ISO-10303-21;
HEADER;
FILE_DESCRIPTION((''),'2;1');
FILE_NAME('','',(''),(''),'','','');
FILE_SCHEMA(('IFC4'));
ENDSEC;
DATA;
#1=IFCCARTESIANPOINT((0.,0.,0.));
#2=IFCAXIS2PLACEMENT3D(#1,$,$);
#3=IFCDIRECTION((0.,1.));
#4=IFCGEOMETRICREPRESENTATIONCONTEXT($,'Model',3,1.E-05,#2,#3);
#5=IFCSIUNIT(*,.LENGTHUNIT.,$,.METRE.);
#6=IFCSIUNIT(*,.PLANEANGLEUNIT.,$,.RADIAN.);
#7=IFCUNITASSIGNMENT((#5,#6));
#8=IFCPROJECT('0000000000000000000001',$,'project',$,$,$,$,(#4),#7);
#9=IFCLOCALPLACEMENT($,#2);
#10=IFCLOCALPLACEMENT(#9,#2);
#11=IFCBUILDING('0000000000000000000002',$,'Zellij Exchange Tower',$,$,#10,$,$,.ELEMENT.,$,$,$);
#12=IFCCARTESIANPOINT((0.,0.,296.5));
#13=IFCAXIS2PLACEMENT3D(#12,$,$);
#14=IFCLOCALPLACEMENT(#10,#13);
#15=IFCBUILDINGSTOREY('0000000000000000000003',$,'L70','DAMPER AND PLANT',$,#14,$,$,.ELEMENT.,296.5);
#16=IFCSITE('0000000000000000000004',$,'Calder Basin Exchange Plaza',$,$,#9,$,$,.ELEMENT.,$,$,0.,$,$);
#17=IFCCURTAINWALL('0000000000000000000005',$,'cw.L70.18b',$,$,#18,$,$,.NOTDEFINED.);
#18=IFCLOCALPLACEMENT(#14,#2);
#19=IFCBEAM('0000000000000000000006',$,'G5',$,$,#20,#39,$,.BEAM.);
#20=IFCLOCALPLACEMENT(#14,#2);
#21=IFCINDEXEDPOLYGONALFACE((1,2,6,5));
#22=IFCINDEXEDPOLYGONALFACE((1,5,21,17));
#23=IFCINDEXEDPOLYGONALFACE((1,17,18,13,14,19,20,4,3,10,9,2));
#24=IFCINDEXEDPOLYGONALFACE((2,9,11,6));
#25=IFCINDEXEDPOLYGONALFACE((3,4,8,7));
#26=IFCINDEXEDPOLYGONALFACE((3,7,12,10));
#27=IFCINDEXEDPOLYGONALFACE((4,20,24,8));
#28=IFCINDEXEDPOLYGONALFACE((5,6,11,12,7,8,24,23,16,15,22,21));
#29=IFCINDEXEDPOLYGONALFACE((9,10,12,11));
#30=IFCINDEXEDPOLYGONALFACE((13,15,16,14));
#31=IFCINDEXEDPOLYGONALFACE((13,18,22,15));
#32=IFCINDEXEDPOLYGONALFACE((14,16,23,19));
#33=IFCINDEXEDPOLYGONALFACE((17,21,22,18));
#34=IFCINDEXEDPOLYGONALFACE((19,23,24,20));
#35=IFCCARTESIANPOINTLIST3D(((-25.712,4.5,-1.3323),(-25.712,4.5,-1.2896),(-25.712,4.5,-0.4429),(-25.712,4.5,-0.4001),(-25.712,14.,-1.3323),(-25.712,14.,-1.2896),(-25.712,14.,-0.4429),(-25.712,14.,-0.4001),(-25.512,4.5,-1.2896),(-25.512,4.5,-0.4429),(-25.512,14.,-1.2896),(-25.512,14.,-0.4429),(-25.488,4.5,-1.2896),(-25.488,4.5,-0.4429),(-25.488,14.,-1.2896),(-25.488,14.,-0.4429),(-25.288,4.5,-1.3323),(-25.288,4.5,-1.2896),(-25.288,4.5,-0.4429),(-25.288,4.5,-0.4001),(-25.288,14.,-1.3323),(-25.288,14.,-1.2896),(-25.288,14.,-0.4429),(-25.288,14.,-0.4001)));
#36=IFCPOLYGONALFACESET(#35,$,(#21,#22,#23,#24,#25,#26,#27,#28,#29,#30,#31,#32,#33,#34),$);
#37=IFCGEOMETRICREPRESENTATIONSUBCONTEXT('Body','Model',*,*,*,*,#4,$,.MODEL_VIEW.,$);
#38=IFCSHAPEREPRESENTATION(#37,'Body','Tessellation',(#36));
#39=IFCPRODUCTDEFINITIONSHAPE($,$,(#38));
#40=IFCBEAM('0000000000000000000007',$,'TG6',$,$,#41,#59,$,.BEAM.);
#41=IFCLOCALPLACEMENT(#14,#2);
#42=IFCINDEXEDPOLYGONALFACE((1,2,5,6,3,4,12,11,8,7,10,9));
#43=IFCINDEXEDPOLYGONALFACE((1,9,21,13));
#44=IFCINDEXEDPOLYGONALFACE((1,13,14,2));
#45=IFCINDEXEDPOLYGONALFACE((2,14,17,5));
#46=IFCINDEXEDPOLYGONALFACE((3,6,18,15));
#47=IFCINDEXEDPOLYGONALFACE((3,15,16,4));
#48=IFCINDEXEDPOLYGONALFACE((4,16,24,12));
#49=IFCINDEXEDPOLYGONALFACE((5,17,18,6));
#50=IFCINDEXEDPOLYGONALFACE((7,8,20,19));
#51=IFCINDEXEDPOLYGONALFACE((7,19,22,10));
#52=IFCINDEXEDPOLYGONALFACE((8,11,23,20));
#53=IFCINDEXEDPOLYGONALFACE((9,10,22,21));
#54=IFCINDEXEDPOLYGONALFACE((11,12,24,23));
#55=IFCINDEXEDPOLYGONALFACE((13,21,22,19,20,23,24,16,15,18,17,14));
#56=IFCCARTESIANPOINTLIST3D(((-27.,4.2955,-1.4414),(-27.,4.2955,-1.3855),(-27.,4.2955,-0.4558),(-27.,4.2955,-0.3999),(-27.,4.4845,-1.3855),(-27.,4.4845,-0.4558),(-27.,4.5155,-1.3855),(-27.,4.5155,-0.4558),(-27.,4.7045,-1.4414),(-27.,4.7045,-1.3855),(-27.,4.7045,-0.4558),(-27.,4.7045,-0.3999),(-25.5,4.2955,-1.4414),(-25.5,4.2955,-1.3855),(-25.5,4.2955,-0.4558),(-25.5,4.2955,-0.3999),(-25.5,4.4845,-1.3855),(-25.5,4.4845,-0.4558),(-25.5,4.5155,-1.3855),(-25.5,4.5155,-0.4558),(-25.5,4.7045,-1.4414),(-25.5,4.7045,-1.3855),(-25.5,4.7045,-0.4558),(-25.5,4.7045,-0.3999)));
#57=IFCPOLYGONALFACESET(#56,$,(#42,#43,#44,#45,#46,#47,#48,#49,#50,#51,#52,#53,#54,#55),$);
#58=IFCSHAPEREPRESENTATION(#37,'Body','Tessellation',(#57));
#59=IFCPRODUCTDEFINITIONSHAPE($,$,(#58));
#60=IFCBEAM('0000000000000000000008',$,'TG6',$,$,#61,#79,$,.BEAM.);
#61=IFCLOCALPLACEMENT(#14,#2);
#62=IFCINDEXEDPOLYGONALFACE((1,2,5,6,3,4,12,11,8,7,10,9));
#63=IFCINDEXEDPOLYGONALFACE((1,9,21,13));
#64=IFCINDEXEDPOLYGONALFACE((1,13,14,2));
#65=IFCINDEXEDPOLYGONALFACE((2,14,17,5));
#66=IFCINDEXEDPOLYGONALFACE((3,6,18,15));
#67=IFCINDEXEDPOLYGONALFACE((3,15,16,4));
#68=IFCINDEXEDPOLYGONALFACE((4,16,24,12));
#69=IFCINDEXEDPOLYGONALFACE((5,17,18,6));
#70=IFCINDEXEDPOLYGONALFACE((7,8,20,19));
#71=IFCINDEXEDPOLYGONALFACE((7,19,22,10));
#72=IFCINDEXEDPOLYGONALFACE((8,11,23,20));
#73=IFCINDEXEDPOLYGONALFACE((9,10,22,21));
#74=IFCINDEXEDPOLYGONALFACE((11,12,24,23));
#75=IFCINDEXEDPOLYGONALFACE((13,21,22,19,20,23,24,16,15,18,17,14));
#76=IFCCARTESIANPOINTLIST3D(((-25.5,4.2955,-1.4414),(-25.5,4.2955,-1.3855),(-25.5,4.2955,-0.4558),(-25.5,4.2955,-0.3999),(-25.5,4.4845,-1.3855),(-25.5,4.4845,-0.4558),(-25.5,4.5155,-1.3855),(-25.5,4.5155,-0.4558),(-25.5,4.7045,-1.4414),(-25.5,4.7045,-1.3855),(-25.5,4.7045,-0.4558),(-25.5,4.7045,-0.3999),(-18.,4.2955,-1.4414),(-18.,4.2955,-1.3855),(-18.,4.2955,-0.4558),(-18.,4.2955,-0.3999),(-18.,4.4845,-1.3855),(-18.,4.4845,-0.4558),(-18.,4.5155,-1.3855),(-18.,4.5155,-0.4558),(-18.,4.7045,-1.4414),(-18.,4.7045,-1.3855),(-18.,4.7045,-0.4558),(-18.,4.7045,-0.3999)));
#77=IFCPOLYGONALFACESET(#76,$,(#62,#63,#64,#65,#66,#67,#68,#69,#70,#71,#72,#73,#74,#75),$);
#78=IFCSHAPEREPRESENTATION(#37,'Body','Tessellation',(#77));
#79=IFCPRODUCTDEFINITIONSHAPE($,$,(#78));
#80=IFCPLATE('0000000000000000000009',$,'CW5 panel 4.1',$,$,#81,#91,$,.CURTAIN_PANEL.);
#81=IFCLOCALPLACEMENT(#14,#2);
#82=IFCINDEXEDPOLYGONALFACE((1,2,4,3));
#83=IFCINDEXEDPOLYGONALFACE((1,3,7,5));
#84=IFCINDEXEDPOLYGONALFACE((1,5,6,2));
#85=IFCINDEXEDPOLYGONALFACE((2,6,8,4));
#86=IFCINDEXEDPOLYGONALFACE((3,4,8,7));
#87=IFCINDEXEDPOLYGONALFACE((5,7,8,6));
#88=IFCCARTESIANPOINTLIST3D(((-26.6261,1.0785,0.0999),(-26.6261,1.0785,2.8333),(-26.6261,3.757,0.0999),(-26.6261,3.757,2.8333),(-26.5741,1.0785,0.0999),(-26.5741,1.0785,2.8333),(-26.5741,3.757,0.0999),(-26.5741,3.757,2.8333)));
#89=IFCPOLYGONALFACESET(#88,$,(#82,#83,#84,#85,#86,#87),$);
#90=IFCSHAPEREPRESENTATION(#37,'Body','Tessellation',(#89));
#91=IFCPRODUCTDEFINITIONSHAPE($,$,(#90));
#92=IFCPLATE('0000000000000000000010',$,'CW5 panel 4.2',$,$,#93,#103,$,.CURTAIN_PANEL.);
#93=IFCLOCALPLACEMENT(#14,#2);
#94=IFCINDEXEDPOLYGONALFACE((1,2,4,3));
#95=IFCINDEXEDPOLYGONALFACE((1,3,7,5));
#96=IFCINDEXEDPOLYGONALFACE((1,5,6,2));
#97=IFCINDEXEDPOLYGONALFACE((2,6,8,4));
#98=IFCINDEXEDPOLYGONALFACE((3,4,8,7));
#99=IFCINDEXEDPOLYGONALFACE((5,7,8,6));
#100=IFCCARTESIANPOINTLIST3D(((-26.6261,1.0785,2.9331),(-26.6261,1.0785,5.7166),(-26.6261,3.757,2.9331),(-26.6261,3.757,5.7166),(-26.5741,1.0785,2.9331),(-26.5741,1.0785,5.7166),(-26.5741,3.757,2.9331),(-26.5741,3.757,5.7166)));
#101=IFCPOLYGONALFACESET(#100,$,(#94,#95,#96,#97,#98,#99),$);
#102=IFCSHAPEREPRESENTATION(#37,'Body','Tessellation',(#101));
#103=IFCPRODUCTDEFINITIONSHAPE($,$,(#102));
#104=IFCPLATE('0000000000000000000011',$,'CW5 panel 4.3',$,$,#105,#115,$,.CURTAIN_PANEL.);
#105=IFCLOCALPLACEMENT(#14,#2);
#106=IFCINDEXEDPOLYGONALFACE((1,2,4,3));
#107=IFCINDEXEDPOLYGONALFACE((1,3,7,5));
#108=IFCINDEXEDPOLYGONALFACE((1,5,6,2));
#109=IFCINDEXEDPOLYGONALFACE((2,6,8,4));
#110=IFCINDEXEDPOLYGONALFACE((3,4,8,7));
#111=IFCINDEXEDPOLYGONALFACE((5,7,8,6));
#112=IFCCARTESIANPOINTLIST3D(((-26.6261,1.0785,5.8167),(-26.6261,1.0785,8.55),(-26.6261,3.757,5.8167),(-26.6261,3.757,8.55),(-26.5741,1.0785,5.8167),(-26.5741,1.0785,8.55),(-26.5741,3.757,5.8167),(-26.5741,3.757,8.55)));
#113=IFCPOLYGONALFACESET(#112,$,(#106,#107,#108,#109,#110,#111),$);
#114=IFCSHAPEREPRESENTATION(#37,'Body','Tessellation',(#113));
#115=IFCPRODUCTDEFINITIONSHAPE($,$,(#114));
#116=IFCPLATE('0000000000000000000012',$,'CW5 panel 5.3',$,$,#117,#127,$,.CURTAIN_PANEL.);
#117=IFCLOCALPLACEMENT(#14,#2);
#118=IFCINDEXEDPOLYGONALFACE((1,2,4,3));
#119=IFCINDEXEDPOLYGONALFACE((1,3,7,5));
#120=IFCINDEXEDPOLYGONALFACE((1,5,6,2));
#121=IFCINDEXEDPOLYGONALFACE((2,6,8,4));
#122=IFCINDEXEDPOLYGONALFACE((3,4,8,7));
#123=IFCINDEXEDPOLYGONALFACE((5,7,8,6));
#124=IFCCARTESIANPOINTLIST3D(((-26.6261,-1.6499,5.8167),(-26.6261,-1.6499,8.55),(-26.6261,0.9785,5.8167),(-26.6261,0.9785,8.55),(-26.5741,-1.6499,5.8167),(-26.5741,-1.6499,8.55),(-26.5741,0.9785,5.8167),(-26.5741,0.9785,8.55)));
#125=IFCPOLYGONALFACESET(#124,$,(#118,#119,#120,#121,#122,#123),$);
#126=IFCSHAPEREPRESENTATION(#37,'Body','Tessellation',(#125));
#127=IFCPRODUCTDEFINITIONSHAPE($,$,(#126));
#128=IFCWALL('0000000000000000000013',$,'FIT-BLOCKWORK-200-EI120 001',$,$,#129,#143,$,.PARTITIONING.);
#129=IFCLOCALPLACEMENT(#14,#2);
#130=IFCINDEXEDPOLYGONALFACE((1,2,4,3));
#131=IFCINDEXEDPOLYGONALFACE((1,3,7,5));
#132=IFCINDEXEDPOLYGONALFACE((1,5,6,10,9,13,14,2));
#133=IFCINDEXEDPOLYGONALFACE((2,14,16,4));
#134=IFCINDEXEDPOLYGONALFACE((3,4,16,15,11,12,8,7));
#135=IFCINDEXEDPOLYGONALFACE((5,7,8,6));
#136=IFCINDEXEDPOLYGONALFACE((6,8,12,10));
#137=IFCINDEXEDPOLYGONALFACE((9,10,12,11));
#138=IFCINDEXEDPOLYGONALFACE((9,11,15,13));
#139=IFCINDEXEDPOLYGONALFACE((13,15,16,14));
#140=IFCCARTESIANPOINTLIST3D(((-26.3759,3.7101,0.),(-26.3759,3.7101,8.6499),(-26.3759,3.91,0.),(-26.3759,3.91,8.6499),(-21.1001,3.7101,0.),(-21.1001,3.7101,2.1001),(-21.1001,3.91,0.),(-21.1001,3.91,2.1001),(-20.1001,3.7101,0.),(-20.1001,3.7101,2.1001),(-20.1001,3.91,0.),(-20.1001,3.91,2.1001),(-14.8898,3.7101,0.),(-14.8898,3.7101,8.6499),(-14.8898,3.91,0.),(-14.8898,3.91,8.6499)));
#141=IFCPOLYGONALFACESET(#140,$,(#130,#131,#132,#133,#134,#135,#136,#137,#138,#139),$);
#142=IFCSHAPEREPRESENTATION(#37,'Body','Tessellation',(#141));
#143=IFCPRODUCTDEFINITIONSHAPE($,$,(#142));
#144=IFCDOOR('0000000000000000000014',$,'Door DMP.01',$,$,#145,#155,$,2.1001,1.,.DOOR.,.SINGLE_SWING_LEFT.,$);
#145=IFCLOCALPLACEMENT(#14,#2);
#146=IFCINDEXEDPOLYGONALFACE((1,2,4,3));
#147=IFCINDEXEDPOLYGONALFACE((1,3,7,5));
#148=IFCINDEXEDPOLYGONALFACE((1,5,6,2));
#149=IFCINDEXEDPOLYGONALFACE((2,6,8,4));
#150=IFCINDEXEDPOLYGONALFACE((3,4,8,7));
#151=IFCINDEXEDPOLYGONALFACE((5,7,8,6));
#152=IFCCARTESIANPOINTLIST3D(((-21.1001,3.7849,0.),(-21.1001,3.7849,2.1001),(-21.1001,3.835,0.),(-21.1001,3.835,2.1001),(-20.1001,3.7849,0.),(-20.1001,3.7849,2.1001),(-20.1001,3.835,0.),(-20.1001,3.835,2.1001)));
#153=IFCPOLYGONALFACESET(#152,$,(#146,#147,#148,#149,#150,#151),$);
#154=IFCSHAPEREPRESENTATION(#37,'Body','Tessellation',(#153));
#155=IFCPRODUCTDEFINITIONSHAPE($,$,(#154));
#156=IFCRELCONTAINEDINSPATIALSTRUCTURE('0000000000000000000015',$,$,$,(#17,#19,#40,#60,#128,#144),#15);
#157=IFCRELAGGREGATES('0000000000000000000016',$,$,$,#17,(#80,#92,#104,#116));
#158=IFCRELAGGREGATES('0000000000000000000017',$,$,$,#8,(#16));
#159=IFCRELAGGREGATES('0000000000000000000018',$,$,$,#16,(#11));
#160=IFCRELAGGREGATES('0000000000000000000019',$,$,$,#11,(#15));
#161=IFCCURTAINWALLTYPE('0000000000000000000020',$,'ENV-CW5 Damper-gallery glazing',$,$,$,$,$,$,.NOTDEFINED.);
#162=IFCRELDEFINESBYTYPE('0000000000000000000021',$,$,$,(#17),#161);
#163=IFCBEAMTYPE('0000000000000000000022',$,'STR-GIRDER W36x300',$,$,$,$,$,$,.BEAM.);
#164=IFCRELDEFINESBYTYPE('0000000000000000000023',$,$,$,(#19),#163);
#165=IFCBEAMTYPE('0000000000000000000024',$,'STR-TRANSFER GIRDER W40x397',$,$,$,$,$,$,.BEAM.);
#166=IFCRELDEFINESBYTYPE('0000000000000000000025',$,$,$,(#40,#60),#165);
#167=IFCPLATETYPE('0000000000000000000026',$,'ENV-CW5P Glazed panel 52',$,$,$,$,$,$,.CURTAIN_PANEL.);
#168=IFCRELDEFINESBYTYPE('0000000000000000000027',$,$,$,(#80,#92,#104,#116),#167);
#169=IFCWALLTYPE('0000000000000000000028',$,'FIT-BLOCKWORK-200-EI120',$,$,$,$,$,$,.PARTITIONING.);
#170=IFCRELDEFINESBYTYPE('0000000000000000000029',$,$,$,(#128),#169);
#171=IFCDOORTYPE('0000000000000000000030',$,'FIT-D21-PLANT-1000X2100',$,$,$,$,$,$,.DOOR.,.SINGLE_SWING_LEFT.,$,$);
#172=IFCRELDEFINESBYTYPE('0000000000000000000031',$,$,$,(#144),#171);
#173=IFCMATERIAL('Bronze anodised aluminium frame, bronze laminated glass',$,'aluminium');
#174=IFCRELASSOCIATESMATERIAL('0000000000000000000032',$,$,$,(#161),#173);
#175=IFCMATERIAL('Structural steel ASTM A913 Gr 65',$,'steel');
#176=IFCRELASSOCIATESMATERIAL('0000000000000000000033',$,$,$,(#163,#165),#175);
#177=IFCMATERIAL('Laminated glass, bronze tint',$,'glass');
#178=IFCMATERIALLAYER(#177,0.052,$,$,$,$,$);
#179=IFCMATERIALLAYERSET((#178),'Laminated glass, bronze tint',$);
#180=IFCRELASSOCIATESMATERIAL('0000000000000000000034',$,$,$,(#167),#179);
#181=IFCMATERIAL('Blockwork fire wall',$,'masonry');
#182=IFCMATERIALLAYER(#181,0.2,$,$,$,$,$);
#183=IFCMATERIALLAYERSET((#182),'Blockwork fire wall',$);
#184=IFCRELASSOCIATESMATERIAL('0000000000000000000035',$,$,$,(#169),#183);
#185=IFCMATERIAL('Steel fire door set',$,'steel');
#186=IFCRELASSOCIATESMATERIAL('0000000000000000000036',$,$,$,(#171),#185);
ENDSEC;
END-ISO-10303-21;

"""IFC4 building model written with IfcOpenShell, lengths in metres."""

from ifc_helpers import new_model, si_unit, direction, frame, frame_2d, origin, origin_2d, place, context, subcontext, project, spatial, rectangle, i_section, extrude, material, layer, layer_set, material_profile, profile_set, type_object, element, fill, aggregate, save


model = new_model("IFC4")

# Units and contexts
model_context = context("Model", 3, precision=1e-05, world=origin(), true_north=direction((0.0, 1.0)))
body_context = subcontext(model_context, "Body", "Model", "MODEL_VIEW")
ifc_project = project(units=[si_unit("LENGTHUNIT", "METRE"), si_unit("PLANEANGLEUNIT", "RADIAN")], contexts=[model_context])

# Site, building, storey
site_placement = place(None, origin())
site = spatial("IfcSite", under=ifc_project, at=site_placement, Name="Calder Basin Exchange Plaza", CompositionType="ELEMENT", RefElevation=0.0)
building_placement = place(site_placement, origin())
building = spatial("IfcBuilding", under=site, at=building_placement, Name="Zellij Exchange Tower", CompositionType="ELEMENT")
storey_placement = place(building_placement, frame((0.0, 0.0, 296.5)))
storey = spatial("IfcBuildingStorey", under=building, at=storey_placement, Name="L70", Description="DAMPER AND PLANT", CompositionType="ELEMENT", Elevation=296.5)

# Curtain wall
ifc_material_1 = material(Name="Bronze anodised aluminium frame, bronze laminated glass", Category="aluminium")
curtain_wall_type = type_object("IfcCurtainWallType", Name="ENV-CW5 Damper-gallery glazing", PredefinedType="NOTDEFINED", material=ifc_material_1)
curtain_wall_placement = place(storey_placement, origin())
curtain_wall = element("IfcCurtainWall", 1, at=curtain_wall_placement, inside=storey, type_object=curtain_wall_type, Name="cw.L70.18b", PredefinedType="NOTDEFINED")

# Beams
ifc_material_2 = material(Name="Structural steel ASTM A913 Gr 65", Category="steel")
ifc_material_profile_1 = material_profile(ifc_material_2, i_section(OverallWidth=0.4241, OverallDepth=0.9321, WebThickness=0.0239, FlangeThickness=0.0427, at=origin_2d()), Name="W36x300")
ifc_profile_set_1 = profile_set([ifc_material_profile_1], Name="Structural steel ASTM A913 Gr 65")
beam_type_1 = type_object("IfcBeamType", Name="STR-GIRDER W36x300", PredefinedType="BEAM", material=ifc_profile_set_1)
for number, where, z_axis, x_axis, name in (
    (2, (-25.5, 4.5, -0.8662), (0.0, 1.0, 0.0), (-1.0, 0.0, 0.0), "G5"),
):
    element("IfcBeam", number, at=place(storey_placement, frame(where, z_axis=z_axis, x_axis=x_axis)), inside=storey, type_object=beam_type_1, Name=name, PredefinedType="BEAM", context=body_context, shape_type="SweptSolid", body=[
        extrude(i_section(OverallWidth=0.4241, OverallDepth=0.9321, WebThickness=0.0239, FlangeThickness=0.0427, at=origin_2d()), origin(), (0.0, 0.0, 1.0), 9.5),
    ])
ifc_material_profile_2 = material_profile(ifc_material_2, i_section(OverallWidth=0.4089, OverallDepth=1.0415, WebThickness=0.031, FlangeThickness=0.0559, at=origin_2d()), Name="W40x397")
ifc_profile_set_2 = profile_set([ifc_material_profile_2], Name="Structural steel ASTM A913 Gr 65")
beam_type_2 = type_object("IfcBeamType", Name="STR-TRANSFER GIRDER W40x397", PredefinedType="BEAM", material=ifc_profile_set_2)
beam_1_placement = place(storey_placement, frame((-27.0, 4.5, -0.9207), z_axis=(1.0, 0.0, 0.0), x_axis=(0.0, 1.0, 0.0)))
element("IfcBeam", 3, at=beam_1_placement, inside=storey, type_object=beam_type_2, Name="TG6", PredefinedType="BEAM", context=body_context, shape_type="SweptSolid", body=[
    extrude(i_section(OverallWidth=0.4089, OverallDepth=1.0415, WebThickness=0.031, FlangeThickness=0.0559, at=origin_2d()), origin(), (0.0, 0.0, 1.0), 1.5),
])
beam_2_placement = place(storey_placement, frame((-25.5, 4.5, -0.9207), z_axis=(1.0, 0.0, 0.0), x_axis=(0.0, 1.0, 0.0)))
element("IfcBeam", 4, at=beam_2_placement, inside=storey, type_object=beam_type_2, Name="TG6", PredefinedType="BEAM", context=body_context, shape_type="SweptSolid", body=[
    extrude(i_section(OverallWidth=0.4089, OverallDepth=1.0415, WebThickness=0.031, FlangeThickness=0.0559, at=origin_2d()), origin(), (0.0, 0.0, 1.0), 7.5),
])

# Plates
ifc_material_3 = material(Name="Laminated glass, bronze tint", Category="glass")
ifc_layer_1 = layer(ifc_material_3, 0.052)
ifc_layer_set_1 = layer_set([ifc_layer_1], Name="Laminated glass, bronze tint")
plate_type = type_object("IfcPlateType", Name="ENV-CW5P Glazed panel 52", PredefinedType="CURTAIN_PANEL", material=ifc_layer_set_1)
plate_1_placement = place(storey_placement, frame((-26.6001, 2.4177, 0.0999), z_axis=(0.0, 0.0, 1.0), x_axis=(0.0, -1.0, 0.0)))
plate_1 = element("IfcPlate", 5, at=plate_1_placement, type_object=plate_type, Name="CW5 panel 4.1", PredefinedType="CURTAIN_PANEL", context=body_context, shape_type="SweptSolid", body=[
    extrude(rectangle(XDim=2.6785, YDim=0.052, at=origin_2d()), origin(), (0.0, 0.0, 1.0), 2.7334),
])
plate_2_placement = place(storey_placement, frame((-26.6001, 2.4177, 2.9331), z_axis=(0.0, 0.0, 1.0), x_axis=(0.0, -1.0, 0.0)))
plate_2 = element("IfcPlate", 6, at=plate_2_placement, type_object=plate_type, Name="CW5 panel 4.2", PredefinedType="CURTAIN_PANEL", context=body_context, shape_type="SweptSolid", body=[
    extrude(rectangle(XDim=2.6785, YDim=0.052, at=origin_2d()), origin(), (0.0, 0.0, 1.0), 2.7834),
])
plate_3_placement = place(storey_placement, frame((-26.6001, 2.4177, 5.8167), z_axis=(0.0, 0.0, 1.0), x_axis=(0.0, -1.0, 0.0)))
plate_3 = element("IfcPlate", 7, at=plate_3_placement, type_object=plate_type, Name="CW5 panel 4.3", PredefinedType="CURTAIN_PANEL", context=body_context, shape_type="SweptSolid", body=[
    extrude(rectangle(XDim=2.6785, YDim=0.052, at=origin_2d()), origin(), (0.0, 0.0, 1.0), 2.7334),
])
plate_4_placement = place(storey_placement, frame((-26.6001, -0.3357, 5.8167), z_axis=(0.0, 0.0, 1.0), x_axis=(0.0, -1.0, 0.0)))
plate_4 = element("IfcPlate", 8, at=plate_4_placement, type_object=plate_type, Name="CW5 panel 5.3", PredefinedType="CURTAIN_PANEL", context=body_context, shape_type="SweptSolid", body=[
    extrude(rectangle(XDim=2.6284, YDim=0.052, at=origin_2d()), origin(), (0.0, 0.0, 1.0), 2.7334),
])
aggregate(curtain_wall, [plate_1, plate_2, plate_3, plate_4])

# Wall, opening, door
ifc_material_4 = material(Name="Blockwork fire wall", Category="masonry")
ifc_layer_2 = layer(ifc_material_4, 0.2)
ifc_layer_set_2 = layer_set([ifc_layer_2], Name="Blockwork fire wall")
wall_type = type_object("IfcWallType", Name="FIT-BLOCKWORK-200-EI120", PredefinedType="PARTITIONING", material=ifc_layer_set_2)
wall_placement = place(storey_placement, frame((-26.376, 3.8101, 0.0), z_axis=(0.0, 0.0, 1.0), x_axis=(1.0, 0.0, 0.0)))
wall = element("IfcWall", 9, at=wall_placement, inside=storey, type_object=wall_type, Name="FIT-BLOCKWORK-200-EI120 001", PredefinedType="PARTITIONING", context=body_context, shape_type="SweptSolid", body=[
    extrude(rectangle(XDim=11.4861, YDim=0.2, at=frame_2d((5.7432, 0.0))), origin(), (0.0, 0.0, 1.0), 8.6499),
])
opening_placement = place(wall_placement, frame((5.2759, 0.0, 0.0)))
opening = element("IfcOpeningElement", 10, at=opening_placement, cuts=wall, PredefinedType="OPENING", context=body_context, shape_type="SweptSolid", body=[
    extrude(rectangle(XDim=1.0, YDim=2.1001, at=frame_2d((0.5, 1.05))), frame((0.0, 0.1118, 0.0), z_axis=(0.0, -1.0, 0.0), x_axis=(1.0, 0.0, 0.0)), (0.0, 0.0, 1.0), 0.2239),
])
ifc_material_5 = material(Name="Steel fire door set", Category="steel")
door_type = type_object("IfcDoorType", Name="FIT-D21-PLANT-1000X2100", OperationType="SINGLE_SWING_LEFT", PredefinedType="DOOR", material=ifc_material_5)
door_placement = place(opening_placement, origin())
door = element("IfcDoor", 11, at=door_placement, inside=storey, type_object=door_type, Name="Door DMP.01", OperationType="SINGLE_SWING_LEFT", OverallHeight=2.1001, OverallWidth=1.0, PredefinedType="DOOR", context=body_context, shape_type="SweptSolid", body=[
    extrude(rectangle(XDim=1.0, YDim=2.1001, at=frame_2d((0.5, 1.05))), frame((0.0, 0.0249, 0.0), z_axis=(0.0, -1.0, 0.0), x_axis=(1.0, 0.0, 0.0)), (0.0, 0.0, 1.0), 0.05),
])
fill(opening, door)

save(model, "model.ifc")
